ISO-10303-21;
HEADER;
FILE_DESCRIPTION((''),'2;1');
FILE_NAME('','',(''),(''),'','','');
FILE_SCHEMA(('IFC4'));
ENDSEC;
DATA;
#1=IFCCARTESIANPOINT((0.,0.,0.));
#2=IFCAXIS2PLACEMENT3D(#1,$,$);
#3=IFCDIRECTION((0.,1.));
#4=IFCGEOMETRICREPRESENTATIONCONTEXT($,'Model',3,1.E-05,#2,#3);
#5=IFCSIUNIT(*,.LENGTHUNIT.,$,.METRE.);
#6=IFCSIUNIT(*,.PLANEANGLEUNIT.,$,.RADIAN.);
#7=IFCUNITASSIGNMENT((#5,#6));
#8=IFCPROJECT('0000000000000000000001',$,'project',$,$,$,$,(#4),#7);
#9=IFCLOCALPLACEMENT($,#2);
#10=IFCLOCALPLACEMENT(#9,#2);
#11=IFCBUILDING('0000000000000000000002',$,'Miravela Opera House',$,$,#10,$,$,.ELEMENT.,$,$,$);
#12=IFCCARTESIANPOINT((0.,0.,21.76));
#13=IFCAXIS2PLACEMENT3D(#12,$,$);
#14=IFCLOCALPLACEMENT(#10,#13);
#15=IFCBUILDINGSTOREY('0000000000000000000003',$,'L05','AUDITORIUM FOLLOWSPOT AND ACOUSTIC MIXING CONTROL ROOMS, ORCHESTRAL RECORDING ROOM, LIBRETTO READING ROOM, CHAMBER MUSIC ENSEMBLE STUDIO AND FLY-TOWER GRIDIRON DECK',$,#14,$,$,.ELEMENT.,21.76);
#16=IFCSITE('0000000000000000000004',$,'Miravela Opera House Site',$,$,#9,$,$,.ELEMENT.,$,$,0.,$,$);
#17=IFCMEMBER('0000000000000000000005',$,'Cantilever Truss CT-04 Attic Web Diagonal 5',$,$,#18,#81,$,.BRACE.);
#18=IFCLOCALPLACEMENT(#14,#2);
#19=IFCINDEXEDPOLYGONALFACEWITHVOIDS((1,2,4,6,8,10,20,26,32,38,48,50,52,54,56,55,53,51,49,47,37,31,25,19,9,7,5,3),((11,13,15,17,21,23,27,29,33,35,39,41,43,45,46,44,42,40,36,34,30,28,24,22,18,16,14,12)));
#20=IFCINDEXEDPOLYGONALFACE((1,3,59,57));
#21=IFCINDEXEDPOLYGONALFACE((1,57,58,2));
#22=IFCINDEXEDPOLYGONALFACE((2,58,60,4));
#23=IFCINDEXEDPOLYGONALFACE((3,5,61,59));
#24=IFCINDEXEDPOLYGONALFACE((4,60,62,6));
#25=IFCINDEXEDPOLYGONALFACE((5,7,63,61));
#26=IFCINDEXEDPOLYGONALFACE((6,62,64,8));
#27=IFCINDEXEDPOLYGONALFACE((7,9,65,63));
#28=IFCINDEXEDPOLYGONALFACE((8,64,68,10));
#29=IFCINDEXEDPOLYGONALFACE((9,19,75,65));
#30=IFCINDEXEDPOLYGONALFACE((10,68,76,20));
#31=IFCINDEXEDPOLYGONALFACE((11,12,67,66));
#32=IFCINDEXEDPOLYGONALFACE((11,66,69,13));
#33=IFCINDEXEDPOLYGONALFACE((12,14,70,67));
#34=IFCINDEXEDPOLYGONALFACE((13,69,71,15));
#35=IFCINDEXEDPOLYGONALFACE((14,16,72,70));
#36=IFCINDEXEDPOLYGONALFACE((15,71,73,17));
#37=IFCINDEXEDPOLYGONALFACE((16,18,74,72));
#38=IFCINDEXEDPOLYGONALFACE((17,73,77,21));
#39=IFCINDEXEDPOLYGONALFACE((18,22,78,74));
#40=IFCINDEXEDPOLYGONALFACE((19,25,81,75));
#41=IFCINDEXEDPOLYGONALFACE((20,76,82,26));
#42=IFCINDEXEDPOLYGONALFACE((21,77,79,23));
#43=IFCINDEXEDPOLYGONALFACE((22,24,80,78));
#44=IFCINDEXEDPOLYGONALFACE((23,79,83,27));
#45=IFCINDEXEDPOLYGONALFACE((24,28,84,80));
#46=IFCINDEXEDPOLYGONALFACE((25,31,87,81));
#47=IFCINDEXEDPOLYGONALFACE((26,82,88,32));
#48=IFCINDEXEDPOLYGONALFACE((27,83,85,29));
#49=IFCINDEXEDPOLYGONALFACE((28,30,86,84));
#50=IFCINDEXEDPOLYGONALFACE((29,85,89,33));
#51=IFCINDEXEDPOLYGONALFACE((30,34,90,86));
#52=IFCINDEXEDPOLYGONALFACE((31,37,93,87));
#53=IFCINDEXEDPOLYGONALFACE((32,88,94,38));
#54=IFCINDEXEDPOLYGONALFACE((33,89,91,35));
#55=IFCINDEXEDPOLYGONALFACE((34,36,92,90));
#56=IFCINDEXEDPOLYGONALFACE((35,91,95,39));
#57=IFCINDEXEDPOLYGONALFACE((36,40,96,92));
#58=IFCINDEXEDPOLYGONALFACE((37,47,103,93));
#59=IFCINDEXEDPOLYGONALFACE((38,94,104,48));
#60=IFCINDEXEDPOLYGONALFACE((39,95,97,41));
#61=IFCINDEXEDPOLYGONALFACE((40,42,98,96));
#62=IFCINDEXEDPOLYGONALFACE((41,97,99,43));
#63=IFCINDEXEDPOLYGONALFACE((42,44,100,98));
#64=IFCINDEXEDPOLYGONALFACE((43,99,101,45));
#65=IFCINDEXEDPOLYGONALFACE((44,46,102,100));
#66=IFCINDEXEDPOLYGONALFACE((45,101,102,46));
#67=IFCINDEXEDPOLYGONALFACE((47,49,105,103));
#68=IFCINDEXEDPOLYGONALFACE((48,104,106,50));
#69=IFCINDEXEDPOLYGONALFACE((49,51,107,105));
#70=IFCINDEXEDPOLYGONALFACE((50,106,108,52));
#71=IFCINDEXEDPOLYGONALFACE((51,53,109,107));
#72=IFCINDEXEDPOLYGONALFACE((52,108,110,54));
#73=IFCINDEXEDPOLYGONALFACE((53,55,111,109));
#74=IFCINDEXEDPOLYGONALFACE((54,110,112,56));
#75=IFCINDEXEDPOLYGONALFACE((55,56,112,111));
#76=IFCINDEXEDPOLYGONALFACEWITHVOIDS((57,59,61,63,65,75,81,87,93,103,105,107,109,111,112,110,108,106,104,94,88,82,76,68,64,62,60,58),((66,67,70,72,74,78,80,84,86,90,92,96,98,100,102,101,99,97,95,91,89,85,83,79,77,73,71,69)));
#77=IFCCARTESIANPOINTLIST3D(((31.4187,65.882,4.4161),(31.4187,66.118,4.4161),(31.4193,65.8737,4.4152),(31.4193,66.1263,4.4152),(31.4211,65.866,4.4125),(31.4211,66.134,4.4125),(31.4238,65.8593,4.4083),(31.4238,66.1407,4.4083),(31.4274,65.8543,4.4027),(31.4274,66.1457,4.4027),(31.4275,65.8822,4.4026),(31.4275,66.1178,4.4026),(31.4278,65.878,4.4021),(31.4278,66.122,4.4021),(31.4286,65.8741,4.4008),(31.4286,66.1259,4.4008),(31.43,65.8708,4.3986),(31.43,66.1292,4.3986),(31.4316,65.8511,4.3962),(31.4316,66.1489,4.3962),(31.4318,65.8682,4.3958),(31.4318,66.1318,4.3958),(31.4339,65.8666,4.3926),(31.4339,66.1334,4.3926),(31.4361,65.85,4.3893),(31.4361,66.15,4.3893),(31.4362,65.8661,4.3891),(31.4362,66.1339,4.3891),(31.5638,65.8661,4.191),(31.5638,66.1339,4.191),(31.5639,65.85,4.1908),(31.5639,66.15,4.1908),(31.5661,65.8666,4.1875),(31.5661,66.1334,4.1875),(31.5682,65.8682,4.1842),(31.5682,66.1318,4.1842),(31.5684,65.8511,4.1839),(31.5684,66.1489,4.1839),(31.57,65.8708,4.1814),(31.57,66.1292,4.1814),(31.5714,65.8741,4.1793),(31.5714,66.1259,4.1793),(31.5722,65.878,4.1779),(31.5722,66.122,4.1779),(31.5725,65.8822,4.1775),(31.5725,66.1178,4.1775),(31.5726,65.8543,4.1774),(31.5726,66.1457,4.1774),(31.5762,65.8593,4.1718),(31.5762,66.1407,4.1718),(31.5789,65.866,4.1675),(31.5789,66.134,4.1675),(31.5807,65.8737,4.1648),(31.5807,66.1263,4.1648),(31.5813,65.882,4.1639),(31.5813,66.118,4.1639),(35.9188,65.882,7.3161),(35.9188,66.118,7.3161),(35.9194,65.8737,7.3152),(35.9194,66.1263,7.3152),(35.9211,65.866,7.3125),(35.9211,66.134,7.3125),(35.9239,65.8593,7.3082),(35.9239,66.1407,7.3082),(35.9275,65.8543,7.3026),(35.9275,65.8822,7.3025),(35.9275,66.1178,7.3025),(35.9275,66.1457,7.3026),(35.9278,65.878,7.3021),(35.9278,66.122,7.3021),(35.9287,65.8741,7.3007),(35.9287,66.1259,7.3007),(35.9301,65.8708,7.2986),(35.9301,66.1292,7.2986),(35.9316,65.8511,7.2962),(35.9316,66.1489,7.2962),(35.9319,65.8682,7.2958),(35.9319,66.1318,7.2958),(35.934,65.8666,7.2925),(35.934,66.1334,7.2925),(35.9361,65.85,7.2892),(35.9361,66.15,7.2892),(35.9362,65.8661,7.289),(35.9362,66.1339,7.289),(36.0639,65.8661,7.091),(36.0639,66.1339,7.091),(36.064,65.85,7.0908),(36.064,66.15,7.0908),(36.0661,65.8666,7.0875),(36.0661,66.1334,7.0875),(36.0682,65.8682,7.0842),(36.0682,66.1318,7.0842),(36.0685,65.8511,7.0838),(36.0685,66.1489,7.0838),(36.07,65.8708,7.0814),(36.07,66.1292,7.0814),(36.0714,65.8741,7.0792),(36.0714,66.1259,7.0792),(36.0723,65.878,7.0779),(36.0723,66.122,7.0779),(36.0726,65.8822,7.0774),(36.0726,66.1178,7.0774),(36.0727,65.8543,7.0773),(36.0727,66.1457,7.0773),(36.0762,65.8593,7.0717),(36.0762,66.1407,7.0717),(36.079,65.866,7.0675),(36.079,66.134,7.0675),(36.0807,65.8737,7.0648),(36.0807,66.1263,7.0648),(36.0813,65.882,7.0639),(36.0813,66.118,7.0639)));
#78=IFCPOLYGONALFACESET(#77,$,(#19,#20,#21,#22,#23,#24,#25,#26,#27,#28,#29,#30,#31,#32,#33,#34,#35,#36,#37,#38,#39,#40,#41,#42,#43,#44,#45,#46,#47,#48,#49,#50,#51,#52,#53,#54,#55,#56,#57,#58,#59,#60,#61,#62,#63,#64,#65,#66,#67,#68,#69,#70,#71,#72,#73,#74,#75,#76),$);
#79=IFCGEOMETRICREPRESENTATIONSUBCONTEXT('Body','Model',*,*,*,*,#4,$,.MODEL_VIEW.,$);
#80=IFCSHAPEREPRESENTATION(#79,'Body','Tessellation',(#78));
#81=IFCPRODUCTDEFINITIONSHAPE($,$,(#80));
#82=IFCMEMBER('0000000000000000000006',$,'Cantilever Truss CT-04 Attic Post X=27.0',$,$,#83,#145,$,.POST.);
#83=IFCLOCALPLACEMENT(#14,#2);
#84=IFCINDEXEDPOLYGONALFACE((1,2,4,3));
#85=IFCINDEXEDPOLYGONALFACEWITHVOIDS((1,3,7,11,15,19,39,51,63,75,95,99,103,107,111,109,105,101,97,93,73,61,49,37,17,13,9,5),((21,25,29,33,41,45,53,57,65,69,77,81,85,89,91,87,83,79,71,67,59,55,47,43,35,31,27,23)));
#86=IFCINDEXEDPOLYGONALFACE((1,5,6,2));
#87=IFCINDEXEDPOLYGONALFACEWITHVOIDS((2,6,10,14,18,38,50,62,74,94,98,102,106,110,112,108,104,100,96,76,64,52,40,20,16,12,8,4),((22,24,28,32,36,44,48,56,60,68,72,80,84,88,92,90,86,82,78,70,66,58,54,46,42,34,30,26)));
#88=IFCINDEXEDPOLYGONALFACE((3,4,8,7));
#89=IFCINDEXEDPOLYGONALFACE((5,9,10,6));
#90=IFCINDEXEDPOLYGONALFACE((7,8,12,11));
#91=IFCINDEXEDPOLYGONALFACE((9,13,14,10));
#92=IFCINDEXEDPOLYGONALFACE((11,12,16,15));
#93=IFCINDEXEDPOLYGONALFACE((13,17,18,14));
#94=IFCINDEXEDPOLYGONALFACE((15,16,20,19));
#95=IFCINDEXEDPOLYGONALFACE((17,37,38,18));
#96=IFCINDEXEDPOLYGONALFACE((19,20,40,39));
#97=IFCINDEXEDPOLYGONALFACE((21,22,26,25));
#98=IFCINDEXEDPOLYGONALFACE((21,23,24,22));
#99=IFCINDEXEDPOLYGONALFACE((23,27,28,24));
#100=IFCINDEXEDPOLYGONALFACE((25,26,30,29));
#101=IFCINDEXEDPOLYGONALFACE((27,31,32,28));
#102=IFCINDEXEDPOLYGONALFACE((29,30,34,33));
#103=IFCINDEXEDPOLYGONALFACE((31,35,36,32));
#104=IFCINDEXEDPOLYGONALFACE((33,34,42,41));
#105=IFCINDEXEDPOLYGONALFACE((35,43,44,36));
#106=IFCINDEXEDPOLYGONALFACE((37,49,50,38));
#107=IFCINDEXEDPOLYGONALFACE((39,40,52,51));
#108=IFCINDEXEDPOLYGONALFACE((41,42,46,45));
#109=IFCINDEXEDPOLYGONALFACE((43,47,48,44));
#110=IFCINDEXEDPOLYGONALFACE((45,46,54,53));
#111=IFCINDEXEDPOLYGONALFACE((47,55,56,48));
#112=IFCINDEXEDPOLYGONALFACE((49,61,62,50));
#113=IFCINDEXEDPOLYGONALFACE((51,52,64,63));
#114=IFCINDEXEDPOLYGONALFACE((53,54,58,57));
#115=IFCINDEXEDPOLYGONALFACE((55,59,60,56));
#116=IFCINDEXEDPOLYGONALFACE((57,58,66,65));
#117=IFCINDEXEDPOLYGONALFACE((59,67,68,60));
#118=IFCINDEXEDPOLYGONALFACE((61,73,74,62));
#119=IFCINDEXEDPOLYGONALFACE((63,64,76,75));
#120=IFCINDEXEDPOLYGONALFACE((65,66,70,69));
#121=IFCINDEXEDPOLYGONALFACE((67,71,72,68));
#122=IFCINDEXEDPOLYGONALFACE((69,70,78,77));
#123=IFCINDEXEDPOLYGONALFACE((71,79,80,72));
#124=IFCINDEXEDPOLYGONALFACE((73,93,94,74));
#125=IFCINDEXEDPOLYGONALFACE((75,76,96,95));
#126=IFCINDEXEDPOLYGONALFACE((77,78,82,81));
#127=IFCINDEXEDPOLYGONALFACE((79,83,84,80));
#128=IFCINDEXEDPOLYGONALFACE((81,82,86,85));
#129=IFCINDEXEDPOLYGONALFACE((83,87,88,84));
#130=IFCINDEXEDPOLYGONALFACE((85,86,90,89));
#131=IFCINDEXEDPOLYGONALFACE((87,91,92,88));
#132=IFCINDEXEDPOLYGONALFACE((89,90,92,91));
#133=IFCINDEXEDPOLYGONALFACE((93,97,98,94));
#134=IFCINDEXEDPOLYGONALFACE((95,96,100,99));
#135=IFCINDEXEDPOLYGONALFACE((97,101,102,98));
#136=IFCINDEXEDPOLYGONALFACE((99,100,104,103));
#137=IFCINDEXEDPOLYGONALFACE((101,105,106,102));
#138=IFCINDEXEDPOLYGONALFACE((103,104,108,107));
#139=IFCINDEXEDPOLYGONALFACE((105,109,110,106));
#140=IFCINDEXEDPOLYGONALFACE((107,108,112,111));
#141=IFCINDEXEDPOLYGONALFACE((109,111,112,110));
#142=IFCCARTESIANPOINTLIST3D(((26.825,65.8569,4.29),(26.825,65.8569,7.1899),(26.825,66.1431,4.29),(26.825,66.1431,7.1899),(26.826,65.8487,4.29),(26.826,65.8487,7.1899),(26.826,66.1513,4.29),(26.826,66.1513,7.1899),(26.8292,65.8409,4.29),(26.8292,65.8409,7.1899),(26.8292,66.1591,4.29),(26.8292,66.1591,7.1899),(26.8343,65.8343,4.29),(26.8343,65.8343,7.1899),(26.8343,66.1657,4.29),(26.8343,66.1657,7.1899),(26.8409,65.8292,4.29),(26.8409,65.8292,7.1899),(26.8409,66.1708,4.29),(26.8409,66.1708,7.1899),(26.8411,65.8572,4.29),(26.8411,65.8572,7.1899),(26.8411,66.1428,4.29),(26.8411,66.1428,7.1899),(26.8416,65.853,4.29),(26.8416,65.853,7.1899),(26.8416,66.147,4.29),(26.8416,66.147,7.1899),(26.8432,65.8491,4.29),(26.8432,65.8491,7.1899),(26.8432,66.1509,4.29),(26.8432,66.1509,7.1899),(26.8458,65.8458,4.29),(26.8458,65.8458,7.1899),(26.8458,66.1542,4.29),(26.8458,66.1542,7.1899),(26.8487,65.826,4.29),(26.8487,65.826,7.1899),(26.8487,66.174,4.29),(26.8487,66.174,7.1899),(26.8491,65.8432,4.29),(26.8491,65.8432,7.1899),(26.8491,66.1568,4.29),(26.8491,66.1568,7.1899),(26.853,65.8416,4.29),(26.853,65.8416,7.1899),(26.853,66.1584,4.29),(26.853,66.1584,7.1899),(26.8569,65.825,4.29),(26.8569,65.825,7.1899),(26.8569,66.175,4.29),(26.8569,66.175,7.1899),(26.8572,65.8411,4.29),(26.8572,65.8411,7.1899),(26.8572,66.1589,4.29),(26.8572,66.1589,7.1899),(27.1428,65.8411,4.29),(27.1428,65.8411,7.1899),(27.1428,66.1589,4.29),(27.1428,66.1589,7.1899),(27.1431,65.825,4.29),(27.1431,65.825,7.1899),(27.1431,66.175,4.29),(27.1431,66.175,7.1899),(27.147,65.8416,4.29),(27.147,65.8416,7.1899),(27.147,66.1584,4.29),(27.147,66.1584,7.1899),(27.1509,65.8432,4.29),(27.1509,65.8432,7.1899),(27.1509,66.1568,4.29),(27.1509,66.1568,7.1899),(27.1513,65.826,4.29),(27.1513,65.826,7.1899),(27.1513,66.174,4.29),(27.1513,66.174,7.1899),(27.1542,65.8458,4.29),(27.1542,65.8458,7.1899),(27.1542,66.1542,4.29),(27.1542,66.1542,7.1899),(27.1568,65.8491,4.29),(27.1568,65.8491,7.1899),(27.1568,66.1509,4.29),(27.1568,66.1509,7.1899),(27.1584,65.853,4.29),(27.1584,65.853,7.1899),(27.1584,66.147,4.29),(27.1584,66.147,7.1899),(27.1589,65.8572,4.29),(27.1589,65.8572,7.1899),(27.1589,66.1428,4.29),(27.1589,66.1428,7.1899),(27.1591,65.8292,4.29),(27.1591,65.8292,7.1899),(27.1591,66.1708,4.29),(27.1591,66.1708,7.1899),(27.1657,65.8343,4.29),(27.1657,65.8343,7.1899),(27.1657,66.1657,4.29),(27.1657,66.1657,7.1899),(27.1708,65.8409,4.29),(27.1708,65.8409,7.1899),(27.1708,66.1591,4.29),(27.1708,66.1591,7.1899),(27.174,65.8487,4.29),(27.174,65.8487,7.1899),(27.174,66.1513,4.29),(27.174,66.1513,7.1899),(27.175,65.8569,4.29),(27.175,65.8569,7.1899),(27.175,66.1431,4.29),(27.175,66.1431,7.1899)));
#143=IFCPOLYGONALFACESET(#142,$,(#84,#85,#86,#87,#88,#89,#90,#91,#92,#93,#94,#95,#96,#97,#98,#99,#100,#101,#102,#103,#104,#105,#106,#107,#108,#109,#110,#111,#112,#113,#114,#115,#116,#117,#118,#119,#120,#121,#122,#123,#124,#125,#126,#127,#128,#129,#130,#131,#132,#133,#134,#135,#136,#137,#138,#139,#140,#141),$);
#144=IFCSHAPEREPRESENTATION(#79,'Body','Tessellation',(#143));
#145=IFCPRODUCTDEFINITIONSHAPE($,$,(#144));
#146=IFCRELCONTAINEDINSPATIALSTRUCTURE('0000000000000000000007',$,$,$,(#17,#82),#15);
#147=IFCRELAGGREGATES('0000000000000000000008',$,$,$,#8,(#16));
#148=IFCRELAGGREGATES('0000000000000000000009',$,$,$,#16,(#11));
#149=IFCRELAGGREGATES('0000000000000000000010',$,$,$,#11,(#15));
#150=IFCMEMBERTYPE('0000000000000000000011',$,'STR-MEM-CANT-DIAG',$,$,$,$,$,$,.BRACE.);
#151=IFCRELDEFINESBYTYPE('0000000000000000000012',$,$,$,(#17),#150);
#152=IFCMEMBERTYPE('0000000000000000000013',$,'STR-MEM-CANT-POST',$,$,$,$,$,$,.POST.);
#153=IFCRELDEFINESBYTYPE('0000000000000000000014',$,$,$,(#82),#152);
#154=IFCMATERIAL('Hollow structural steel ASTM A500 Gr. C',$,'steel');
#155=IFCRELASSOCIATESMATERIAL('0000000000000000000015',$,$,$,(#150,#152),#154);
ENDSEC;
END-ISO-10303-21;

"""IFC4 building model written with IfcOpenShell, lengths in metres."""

from ifc_helpers import new_model, si_unit, direction, frame, origin, origin_2d, place, context, subcontext, project, spatial, hollow_rectangle, extrude, material, material_profile, profile_set, type_object, element, save


model = new_model("IFC4")

# Units and contexts
model_context = context("Model", 3, precision=1e-05, world=origin(), true_north=direction((0.0, 1.0)))
body_context = subcontext(model_context, "Body", "Model", "MODEL_VIEW")
ifc_project = project(units=[si_unit("LENGTHUNIT", "METRE"), si_unit("PLANEANGLEUNIT", "RADIAN")], contexts=[model_context])

# Site, building, storey
site_placement = place(None, origin())
site = spatial("IfcSite", under=ifc_project, at=site_placement, Name="Miravela Opera House Site", CompositionType="ELEMENT", RefElevation=0.0)
building_placement = place(site_placement, origin())
building = spatial("IfcBuilding", under=site, at=building_placement, Name="Miravela Opera House", CompositionType="ELEMENT")
storey_placement = place(building_placement, frame((0.0, 0.0, 21.76)))
storey = spatial("IfcBuildingStorey", under=building, at=storey_placement, Name="L05", Description="AUDITORIUM FOLLOWSPOT AND ACOUSTIC MIXING CONTROL ROOMS, ORCHESTRAL RECORDING ROOM, LIBRETTO READING ROOM, CHAMBER MUSIC ENSEMBLE STUDIO AND FLY-TOWER GRIDIRON DECK", CompositionType="ELEMENT", Elevation=21.76)

# Members
ifc_material_1 = material(Name="Hollow structural steel ASTM A500 Gr. C", Category="steel")
ifc_material_profile_1 = material_profile(ifc_material_1, hollow_rectangle(XDim=0.3, YDim=0.3, WallThickness=0.0161, InnerFilletRadius=0.0161, OuterFilletRadius=0.032, at=origin_2d()), Name="HSS300X300X16")
ifc_profile_set_1 = profile_set([ifc_material_profile_1])
member_type_1 = type_object("IfcMemberType", Name="STR-MEM-CANT-DIAG", PredefinedType="BRACE", material=ifc_profile_set_1)
for number, where, z_axis, x_axis, name in (
    (1, (31.5, 66.0, 4.29), (0.840579, 0.0, 0.541688), (0.0, 1.0, 0.0), "Cantilever Truss CT-04 Attic Web Diagonal 5"),
):
    element("IfcMember", number, at=place(storey_placement, frame(where, z_axis=z_axis, x_axis=x_axis)), inside=storey, type_object=member_type_1, Name=name, PredefinedType="BRACE", context=body_context, shape_type="SweptSolid", body=[
        extrude(hollow_rectangle(XDim=0.3, YDim=0.3, WallThickness=0.0161, InnerFilletRadius=0.0161, OuterFilletRadius=0.032, at=origin_2d()), origin(), (0.0, 0.0, 1.0), 5.3535),
    ])
ifc_material_profile_2 = material_profile(ifc_material_1, hollow_rectangle(XDim=0.3501, YDim=0.3501, WallThickness=0.0161, InnerFilletRadius=0.0161, OuterFilletRadius=0.032, at=origin_2d()), Name="HSS350X350X16")
ifc_profile_set_2 = profile_set([ifc_material_profile_2])
member_type_2 = type_object("IfcMemberType", Name="STR-MEM-CANT-POST", PredefinedType="POST", material=ifc_profile_set_2)
for number, where, z_axis, x_axis, name in (
    (2, (27.0, 66.0, 4.29), (0.0, 0.0, 1.0), (1.0, 0.0, 0.0), "Cantilever Truss CT-04 Attic Post X=27.0"),
):
    element("IfcMember", number, at=place(storey_placement, frame(where, z_axis=z_axis, x_axis=x_axis)), inside=storey, type_object=member_type_2, Name=name, PredefinedType="POST", context=body_context, shape_type="SweptSolid", body=[
        extrude(hollow_rectangle(XDim=0.3501, YDim=0.3501, WallThickness=0.0161, InnerFilletRadius=0.0161, OuterFilletRadius=0.032, at=origin_2d()), origin(), (0.0, 0.0, 1.0), 2.8999),
    ])

save(model, "model.ifc")
